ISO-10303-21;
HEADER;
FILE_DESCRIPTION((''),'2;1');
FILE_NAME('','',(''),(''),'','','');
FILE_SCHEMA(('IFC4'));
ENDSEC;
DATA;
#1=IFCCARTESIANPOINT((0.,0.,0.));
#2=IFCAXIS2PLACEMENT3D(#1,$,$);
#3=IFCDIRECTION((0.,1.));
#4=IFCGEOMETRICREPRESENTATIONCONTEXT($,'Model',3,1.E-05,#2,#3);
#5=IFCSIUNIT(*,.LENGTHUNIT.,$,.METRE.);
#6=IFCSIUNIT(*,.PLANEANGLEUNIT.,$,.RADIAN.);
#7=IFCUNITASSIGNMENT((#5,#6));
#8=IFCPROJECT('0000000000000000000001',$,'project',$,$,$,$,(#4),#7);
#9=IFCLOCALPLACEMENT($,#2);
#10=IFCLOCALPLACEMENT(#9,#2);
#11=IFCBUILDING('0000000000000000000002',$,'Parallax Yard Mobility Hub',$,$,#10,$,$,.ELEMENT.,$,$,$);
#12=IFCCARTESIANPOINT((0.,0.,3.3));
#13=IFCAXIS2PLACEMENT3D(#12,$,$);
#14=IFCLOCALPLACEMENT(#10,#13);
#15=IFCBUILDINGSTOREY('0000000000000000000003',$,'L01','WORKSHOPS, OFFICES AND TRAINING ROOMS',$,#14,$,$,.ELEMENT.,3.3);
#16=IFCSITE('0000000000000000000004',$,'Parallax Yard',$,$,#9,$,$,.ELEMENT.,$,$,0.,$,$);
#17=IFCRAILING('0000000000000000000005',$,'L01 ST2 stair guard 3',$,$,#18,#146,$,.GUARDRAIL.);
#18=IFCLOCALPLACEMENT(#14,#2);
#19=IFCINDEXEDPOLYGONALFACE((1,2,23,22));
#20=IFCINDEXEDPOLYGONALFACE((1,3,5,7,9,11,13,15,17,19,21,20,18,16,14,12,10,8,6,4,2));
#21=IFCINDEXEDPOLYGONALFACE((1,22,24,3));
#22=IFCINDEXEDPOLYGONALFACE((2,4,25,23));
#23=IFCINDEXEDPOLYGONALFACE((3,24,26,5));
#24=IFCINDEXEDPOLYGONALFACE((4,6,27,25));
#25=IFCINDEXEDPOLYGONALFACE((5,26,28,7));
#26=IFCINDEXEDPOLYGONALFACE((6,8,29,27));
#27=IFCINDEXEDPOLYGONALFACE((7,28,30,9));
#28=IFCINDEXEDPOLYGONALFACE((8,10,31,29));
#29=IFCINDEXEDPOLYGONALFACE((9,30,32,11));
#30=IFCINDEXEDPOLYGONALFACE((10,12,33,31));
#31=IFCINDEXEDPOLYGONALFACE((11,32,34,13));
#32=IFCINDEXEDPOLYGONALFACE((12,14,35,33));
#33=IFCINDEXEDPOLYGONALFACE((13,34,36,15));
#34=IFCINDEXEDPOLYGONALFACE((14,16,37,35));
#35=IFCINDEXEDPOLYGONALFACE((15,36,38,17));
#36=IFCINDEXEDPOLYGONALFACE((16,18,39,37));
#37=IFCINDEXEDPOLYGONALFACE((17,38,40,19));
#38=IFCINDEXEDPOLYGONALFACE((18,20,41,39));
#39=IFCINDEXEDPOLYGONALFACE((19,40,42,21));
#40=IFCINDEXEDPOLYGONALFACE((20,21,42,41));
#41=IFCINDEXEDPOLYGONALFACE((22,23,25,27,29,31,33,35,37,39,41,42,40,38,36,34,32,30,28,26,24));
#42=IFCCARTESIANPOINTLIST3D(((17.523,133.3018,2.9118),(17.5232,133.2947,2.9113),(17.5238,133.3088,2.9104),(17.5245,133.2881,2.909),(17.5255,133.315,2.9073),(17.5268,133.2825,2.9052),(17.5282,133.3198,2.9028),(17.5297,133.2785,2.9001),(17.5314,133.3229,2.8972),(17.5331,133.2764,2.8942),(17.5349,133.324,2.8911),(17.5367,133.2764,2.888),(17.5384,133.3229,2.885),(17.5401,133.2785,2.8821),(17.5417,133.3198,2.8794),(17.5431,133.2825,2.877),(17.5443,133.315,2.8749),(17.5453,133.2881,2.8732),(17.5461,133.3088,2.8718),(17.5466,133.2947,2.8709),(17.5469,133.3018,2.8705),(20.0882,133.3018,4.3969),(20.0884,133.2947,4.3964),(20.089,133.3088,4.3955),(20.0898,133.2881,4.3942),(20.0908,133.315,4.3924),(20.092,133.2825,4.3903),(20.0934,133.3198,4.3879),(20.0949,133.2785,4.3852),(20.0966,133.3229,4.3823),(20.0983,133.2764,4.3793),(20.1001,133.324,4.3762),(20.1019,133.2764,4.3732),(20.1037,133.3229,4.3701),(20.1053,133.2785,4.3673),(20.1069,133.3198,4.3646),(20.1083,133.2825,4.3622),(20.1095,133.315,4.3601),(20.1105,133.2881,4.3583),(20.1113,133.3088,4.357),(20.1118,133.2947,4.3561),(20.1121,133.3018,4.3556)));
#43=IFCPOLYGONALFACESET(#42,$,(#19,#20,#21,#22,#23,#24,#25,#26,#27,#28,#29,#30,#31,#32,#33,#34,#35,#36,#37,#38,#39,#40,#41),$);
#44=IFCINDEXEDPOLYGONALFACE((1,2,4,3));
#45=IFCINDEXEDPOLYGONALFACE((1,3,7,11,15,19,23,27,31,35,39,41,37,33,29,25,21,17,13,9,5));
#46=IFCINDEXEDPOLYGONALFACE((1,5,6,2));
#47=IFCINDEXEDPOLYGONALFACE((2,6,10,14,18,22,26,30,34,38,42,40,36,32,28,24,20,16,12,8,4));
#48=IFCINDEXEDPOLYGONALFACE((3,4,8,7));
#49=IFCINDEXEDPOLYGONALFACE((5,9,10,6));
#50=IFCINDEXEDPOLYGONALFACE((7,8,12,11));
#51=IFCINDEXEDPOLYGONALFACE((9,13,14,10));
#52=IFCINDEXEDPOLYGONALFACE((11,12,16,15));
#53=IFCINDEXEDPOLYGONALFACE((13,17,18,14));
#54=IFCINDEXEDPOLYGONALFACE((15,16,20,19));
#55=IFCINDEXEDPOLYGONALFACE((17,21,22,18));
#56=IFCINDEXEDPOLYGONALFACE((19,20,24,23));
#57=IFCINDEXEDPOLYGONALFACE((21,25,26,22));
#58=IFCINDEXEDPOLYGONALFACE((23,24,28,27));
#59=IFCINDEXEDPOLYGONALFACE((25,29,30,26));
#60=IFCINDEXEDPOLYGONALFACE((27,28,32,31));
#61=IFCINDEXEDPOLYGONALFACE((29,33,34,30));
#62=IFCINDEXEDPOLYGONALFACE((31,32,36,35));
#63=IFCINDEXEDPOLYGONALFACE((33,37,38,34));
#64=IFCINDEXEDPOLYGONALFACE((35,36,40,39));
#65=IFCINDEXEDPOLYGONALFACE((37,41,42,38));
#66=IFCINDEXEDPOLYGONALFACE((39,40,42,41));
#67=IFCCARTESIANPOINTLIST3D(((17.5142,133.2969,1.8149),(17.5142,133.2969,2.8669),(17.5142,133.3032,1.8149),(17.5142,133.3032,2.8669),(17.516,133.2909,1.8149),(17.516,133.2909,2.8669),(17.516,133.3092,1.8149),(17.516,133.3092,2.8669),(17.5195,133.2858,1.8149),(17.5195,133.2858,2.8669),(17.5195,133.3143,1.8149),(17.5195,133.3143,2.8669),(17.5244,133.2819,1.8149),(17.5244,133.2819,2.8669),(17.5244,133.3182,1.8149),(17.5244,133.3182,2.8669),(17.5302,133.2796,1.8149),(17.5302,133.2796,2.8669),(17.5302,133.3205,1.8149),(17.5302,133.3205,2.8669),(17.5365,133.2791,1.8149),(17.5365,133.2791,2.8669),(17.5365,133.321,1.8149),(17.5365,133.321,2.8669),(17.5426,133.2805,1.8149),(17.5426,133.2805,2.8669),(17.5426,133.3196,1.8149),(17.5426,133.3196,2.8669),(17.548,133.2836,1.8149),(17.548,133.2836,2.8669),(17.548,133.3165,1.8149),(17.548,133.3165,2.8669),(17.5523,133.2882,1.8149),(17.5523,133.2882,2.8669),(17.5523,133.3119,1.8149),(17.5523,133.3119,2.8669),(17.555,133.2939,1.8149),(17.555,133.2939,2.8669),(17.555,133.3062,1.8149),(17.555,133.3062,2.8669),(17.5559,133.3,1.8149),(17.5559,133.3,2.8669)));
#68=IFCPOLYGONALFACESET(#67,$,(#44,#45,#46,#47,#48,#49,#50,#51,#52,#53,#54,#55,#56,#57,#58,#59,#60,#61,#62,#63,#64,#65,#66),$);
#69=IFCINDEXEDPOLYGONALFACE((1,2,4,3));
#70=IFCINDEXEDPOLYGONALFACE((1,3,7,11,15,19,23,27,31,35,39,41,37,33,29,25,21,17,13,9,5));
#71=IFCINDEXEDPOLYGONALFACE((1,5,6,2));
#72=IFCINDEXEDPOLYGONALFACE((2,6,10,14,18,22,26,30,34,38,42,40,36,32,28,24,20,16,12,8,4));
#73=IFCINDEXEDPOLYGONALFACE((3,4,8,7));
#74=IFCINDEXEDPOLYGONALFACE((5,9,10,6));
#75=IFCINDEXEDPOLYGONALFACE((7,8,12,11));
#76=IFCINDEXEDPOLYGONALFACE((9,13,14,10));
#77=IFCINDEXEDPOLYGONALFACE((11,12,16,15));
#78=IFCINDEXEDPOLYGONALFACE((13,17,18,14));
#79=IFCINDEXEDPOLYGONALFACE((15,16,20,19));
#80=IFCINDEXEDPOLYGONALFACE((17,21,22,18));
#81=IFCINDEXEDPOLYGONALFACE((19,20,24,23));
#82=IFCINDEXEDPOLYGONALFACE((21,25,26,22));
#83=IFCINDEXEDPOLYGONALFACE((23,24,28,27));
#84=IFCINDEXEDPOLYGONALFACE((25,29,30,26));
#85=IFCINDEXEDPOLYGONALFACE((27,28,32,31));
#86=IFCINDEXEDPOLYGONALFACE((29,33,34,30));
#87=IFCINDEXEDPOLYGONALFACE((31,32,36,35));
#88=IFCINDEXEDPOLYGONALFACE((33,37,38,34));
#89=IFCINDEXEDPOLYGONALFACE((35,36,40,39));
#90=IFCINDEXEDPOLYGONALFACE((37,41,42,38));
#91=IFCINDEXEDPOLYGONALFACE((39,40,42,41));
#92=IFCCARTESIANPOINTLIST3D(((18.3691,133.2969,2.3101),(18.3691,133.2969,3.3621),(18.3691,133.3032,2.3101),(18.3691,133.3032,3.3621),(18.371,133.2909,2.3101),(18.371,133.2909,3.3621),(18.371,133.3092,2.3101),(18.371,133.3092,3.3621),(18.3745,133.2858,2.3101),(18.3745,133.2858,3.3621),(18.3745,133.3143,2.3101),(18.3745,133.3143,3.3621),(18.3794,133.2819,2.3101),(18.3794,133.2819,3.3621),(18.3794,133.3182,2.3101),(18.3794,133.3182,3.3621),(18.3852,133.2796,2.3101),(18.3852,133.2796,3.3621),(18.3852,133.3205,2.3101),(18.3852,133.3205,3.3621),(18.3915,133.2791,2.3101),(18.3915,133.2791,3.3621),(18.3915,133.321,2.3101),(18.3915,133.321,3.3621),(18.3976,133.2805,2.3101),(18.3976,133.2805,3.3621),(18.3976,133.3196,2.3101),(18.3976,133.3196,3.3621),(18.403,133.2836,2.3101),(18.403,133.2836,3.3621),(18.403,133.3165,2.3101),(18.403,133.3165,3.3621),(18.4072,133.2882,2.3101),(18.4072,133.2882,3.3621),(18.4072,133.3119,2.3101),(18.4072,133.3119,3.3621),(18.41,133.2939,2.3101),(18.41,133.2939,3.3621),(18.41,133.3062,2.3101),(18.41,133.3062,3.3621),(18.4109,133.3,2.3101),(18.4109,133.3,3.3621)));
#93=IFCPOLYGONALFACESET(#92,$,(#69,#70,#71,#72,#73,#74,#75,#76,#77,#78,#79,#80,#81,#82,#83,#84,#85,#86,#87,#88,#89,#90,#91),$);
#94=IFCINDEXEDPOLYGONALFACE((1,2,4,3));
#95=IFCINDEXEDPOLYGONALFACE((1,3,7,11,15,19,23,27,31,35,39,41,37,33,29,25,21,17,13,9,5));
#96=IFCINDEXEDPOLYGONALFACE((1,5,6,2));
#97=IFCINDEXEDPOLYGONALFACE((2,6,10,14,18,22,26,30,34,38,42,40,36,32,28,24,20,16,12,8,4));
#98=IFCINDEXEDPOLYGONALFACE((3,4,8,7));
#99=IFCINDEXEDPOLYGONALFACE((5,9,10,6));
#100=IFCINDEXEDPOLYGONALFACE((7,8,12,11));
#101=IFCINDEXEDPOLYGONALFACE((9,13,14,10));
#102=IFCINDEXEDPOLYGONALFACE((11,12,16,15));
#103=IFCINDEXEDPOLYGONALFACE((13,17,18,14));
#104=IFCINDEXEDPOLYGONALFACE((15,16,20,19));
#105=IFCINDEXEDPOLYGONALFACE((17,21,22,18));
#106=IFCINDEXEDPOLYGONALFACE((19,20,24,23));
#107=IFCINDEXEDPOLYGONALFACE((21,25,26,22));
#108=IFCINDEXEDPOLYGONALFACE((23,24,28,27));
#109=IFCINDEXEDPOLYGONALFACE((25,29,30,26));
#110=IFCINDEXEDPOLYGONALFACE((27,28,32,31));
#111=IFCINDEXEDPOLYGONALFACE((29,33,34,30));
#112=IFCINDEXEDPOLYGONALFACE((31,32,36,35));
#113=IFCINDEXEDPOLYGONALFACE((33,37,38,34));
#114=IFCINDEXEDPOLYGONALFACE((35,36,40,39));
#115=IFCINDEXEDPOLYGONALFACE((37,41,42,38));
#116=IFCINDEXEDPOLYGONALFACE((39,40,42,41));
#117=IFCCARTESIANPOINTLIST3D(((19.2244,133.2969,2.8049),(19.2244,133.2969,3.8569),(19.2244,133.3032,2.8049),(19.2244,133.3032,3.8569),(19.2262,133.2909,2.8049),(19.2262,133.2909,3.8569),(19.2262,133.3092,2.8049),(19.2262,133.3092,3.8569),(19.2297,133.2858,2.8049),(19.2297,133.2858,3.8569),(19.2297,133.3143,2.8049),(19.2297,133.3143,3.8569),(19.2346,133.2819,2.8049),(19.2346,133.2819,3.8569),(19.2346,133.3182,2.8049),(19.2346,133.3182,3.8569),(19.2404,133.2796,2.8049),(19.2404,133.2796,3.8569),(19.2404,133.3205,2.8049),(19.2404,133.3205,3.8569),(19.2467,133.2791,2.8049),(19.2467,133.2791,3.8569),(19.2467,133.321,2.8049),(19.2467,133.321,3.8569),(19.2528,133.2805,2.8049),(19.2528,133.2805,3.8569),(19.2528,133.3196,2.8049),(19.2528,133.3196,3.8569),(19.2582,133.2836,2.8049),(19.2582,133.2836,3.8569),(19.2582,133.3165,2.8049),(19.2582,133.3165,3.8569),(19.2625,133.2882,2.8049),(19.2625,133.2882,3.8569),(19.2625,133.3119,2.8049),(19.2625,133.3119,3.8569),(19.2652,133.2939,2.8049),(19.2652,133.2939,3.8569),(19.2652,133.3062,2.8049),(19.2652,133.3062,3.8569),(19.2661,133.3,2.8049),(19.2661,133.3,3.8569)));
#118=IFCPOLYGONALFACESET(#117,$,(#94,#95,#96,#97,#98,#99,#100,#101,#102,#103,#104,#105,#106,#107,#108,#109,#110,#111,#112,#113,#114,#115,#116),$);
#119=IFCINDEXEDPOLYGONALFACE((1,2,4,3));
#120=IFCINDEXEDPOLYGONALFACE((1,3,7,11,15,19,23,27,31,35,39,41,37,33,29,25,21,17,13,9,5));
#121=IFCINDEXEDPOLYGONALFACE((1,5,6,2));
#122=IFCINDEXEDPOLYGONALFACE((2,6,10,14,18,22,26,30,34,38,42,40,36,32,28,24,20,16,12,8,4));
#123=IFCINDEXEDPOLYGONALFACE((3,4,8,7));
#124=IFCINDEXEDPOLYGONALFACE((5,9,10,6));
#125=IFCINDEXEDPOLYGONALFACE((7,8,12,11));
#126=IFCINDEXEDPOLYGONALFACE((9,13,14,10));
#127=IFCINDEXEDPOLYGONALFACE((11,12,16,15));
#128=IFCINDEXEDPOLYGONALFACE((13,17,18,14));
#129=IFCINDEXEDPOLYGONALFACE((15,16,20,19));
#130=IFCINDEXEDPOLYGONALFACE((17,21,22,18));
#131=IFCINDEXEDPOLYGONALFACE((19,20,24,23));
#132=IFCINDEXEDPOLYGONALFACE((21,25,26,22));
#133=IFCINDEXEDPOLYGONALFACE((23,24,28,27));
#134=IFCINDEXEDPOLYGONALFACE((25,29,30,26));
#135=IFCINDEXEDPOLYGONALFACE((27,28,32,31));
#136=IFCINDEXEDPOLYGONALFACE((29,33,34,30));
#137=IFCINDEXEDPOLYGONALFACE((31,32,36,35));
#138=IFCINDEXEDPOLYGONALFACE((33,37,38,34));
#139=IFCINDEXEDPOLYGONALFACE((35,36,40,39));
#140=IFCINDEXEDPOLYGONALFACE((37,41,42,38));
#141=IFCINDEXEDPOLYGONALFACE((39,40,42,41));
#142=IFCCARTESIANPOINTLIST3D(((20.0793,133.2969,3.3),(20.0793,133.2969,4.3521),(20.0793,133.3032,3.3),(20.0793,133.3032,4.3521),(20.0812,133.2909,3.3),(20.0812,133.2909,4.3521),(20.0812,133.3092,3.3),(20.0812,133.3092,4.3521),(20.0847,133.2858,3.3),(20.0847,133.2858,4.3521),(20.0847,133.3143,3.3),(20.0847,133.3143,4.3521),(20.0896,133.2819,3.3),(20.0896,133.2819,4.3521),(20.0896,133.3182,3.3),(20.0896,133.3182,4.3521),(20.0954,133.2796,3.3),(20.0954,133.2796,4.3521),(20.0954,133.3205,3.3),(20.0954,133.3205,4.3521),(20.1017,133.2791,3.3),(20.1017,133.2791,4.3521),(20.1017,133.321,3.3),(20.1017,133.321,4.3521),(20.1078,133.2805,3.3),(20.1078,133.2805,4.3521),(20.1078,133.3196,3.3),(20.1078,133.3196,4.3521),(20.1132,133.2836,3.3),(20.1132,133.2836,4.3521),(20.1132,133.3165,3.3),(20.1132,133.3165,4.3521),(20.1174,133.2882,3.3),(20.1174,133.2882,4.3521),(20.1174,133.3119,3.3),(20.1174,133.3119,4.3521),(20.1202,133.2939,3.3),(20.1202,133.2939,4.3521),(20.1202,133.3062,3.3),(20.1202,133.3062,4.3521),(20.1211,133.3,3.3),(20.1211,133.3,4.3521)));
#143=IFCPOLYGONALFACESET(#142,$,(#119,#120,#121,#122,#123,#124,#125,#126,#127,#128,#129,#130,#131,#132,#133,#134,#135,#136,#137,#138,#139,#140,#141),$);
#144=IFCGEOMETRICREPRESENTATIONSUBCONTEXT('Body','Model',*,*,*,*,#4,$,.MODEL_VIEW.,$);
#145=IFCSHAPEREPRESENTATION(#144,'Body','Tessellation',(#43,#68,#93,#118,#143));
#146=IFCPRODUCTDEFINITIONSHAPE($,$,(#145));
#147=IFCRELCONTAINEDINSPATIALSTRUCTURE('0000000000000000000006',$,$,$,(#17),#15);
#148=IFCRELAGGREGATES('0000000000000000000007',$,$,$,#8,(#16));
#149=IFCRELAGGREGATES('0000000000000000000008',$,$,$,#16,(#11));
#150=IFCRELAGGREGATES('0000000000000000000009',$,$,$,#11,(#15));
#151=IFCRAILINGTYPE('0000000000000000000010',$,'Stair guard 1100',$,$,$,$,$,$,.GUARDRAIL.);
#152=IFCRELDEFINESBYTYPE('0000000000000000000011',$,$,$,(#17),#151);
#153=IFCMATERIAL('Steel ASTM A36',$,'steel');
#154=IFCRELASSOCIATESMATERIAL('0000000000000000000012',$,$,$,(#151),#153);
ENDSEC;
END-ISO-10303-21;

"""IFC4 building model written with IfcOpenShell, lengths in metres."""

from ifc_helpers import new_model, si_unit, direction, frame, origin, origin_2d, place, context, subcontext, project, spatial, circle, extrude, material, type_object, element, save


model = new_model("IFC4")

# Units and contexts
model_context = context("Model", 3, precision=1e-05, world=origin(), true_north=direction((0.0, 1.0)))
body_context = subcontext(model_context, "Body", "Model", "MODEL_VIEW")
ifc_project = project(units=[si_unit("LENGTHUNIT", "METRE"), si_unit("PLANEANGLEUNIT", "RADIAN")], contexts=[model_context])

# Site, building, storey
site_placement = place(None, origin())
site = spatial("IfcSite", under=ifc_project, at=site_placement, Name="Parallax Yard", CompositionType="ELEMENT", RefElevation=0.0)
building_placement = place(site_placement, origin())
building = spatial("IfcBuilding", under=site, at=building_placement, Name="Parallax Yard Mobility Hub", CompositionType="ELEMENT")
storey_placement = place(building_placement, frame((0.0, 0.0, 3.3)))
storey = spatial("IfcBuildingStorey", under=building, at=storey_placement, Name="L01", Description="WORKSHOPS, OFFICES AND TRAINING ROOMS", CompositionType="ELEMENT", Elevation=3.3)

# Railing
ifc_material_1 = material(Name="Steel ASTM A36", Category="steel")
railing_type_1 = type_object("IfcRailingType", Name="Stair guard 1100", PredefinedType="GUARDRAIL", material=ifc_material_1)
railing_1_placement = place(storey_placement, frame((17.5349, 133.3, 1.8149)))
element("IfcRailing", 1, at=railing_1_placement, inside=storey, type_object=railing_type_1, Name="L01 ST2 stair guard 3", PredefinedType="GUARDRAIL", context=body_context, shape_type="SweptSolid", body=[
    extrude(circle(Radius=0.0239, at=origin_2d()), frame((0.0, 0.0, 1.0762), z_axis=(0.865426, 0.0, 0.501036), x_axis=(0.0, 1.0, 0.0)), (0.0, 0.0, 1.0), 2.9641),
    extrude(circle(Radius=0.021, at=origin_2d()), origin(), (0.0, 0.0, 1.0), 1.052),
    extrude(circle(Radius=0.021, at=origin_2d()), frame((0.855, 0.0, 0.4951)), (0.0, 0.0, 1.0), 1.052),
    extrude(circle(Radius=0.021, at=origin_2d()), frame((1.7102, 0.0, 0.99)), (0.0, 0.0, 1.0), 1.052),
    extrude(circle(Radius=0.021, at=origin_2d()), frame((2.5652, 0.0, 1.4851)), (0.0, 0.0, 1.0), 1.052),
])

save(model, "model.ifc")
